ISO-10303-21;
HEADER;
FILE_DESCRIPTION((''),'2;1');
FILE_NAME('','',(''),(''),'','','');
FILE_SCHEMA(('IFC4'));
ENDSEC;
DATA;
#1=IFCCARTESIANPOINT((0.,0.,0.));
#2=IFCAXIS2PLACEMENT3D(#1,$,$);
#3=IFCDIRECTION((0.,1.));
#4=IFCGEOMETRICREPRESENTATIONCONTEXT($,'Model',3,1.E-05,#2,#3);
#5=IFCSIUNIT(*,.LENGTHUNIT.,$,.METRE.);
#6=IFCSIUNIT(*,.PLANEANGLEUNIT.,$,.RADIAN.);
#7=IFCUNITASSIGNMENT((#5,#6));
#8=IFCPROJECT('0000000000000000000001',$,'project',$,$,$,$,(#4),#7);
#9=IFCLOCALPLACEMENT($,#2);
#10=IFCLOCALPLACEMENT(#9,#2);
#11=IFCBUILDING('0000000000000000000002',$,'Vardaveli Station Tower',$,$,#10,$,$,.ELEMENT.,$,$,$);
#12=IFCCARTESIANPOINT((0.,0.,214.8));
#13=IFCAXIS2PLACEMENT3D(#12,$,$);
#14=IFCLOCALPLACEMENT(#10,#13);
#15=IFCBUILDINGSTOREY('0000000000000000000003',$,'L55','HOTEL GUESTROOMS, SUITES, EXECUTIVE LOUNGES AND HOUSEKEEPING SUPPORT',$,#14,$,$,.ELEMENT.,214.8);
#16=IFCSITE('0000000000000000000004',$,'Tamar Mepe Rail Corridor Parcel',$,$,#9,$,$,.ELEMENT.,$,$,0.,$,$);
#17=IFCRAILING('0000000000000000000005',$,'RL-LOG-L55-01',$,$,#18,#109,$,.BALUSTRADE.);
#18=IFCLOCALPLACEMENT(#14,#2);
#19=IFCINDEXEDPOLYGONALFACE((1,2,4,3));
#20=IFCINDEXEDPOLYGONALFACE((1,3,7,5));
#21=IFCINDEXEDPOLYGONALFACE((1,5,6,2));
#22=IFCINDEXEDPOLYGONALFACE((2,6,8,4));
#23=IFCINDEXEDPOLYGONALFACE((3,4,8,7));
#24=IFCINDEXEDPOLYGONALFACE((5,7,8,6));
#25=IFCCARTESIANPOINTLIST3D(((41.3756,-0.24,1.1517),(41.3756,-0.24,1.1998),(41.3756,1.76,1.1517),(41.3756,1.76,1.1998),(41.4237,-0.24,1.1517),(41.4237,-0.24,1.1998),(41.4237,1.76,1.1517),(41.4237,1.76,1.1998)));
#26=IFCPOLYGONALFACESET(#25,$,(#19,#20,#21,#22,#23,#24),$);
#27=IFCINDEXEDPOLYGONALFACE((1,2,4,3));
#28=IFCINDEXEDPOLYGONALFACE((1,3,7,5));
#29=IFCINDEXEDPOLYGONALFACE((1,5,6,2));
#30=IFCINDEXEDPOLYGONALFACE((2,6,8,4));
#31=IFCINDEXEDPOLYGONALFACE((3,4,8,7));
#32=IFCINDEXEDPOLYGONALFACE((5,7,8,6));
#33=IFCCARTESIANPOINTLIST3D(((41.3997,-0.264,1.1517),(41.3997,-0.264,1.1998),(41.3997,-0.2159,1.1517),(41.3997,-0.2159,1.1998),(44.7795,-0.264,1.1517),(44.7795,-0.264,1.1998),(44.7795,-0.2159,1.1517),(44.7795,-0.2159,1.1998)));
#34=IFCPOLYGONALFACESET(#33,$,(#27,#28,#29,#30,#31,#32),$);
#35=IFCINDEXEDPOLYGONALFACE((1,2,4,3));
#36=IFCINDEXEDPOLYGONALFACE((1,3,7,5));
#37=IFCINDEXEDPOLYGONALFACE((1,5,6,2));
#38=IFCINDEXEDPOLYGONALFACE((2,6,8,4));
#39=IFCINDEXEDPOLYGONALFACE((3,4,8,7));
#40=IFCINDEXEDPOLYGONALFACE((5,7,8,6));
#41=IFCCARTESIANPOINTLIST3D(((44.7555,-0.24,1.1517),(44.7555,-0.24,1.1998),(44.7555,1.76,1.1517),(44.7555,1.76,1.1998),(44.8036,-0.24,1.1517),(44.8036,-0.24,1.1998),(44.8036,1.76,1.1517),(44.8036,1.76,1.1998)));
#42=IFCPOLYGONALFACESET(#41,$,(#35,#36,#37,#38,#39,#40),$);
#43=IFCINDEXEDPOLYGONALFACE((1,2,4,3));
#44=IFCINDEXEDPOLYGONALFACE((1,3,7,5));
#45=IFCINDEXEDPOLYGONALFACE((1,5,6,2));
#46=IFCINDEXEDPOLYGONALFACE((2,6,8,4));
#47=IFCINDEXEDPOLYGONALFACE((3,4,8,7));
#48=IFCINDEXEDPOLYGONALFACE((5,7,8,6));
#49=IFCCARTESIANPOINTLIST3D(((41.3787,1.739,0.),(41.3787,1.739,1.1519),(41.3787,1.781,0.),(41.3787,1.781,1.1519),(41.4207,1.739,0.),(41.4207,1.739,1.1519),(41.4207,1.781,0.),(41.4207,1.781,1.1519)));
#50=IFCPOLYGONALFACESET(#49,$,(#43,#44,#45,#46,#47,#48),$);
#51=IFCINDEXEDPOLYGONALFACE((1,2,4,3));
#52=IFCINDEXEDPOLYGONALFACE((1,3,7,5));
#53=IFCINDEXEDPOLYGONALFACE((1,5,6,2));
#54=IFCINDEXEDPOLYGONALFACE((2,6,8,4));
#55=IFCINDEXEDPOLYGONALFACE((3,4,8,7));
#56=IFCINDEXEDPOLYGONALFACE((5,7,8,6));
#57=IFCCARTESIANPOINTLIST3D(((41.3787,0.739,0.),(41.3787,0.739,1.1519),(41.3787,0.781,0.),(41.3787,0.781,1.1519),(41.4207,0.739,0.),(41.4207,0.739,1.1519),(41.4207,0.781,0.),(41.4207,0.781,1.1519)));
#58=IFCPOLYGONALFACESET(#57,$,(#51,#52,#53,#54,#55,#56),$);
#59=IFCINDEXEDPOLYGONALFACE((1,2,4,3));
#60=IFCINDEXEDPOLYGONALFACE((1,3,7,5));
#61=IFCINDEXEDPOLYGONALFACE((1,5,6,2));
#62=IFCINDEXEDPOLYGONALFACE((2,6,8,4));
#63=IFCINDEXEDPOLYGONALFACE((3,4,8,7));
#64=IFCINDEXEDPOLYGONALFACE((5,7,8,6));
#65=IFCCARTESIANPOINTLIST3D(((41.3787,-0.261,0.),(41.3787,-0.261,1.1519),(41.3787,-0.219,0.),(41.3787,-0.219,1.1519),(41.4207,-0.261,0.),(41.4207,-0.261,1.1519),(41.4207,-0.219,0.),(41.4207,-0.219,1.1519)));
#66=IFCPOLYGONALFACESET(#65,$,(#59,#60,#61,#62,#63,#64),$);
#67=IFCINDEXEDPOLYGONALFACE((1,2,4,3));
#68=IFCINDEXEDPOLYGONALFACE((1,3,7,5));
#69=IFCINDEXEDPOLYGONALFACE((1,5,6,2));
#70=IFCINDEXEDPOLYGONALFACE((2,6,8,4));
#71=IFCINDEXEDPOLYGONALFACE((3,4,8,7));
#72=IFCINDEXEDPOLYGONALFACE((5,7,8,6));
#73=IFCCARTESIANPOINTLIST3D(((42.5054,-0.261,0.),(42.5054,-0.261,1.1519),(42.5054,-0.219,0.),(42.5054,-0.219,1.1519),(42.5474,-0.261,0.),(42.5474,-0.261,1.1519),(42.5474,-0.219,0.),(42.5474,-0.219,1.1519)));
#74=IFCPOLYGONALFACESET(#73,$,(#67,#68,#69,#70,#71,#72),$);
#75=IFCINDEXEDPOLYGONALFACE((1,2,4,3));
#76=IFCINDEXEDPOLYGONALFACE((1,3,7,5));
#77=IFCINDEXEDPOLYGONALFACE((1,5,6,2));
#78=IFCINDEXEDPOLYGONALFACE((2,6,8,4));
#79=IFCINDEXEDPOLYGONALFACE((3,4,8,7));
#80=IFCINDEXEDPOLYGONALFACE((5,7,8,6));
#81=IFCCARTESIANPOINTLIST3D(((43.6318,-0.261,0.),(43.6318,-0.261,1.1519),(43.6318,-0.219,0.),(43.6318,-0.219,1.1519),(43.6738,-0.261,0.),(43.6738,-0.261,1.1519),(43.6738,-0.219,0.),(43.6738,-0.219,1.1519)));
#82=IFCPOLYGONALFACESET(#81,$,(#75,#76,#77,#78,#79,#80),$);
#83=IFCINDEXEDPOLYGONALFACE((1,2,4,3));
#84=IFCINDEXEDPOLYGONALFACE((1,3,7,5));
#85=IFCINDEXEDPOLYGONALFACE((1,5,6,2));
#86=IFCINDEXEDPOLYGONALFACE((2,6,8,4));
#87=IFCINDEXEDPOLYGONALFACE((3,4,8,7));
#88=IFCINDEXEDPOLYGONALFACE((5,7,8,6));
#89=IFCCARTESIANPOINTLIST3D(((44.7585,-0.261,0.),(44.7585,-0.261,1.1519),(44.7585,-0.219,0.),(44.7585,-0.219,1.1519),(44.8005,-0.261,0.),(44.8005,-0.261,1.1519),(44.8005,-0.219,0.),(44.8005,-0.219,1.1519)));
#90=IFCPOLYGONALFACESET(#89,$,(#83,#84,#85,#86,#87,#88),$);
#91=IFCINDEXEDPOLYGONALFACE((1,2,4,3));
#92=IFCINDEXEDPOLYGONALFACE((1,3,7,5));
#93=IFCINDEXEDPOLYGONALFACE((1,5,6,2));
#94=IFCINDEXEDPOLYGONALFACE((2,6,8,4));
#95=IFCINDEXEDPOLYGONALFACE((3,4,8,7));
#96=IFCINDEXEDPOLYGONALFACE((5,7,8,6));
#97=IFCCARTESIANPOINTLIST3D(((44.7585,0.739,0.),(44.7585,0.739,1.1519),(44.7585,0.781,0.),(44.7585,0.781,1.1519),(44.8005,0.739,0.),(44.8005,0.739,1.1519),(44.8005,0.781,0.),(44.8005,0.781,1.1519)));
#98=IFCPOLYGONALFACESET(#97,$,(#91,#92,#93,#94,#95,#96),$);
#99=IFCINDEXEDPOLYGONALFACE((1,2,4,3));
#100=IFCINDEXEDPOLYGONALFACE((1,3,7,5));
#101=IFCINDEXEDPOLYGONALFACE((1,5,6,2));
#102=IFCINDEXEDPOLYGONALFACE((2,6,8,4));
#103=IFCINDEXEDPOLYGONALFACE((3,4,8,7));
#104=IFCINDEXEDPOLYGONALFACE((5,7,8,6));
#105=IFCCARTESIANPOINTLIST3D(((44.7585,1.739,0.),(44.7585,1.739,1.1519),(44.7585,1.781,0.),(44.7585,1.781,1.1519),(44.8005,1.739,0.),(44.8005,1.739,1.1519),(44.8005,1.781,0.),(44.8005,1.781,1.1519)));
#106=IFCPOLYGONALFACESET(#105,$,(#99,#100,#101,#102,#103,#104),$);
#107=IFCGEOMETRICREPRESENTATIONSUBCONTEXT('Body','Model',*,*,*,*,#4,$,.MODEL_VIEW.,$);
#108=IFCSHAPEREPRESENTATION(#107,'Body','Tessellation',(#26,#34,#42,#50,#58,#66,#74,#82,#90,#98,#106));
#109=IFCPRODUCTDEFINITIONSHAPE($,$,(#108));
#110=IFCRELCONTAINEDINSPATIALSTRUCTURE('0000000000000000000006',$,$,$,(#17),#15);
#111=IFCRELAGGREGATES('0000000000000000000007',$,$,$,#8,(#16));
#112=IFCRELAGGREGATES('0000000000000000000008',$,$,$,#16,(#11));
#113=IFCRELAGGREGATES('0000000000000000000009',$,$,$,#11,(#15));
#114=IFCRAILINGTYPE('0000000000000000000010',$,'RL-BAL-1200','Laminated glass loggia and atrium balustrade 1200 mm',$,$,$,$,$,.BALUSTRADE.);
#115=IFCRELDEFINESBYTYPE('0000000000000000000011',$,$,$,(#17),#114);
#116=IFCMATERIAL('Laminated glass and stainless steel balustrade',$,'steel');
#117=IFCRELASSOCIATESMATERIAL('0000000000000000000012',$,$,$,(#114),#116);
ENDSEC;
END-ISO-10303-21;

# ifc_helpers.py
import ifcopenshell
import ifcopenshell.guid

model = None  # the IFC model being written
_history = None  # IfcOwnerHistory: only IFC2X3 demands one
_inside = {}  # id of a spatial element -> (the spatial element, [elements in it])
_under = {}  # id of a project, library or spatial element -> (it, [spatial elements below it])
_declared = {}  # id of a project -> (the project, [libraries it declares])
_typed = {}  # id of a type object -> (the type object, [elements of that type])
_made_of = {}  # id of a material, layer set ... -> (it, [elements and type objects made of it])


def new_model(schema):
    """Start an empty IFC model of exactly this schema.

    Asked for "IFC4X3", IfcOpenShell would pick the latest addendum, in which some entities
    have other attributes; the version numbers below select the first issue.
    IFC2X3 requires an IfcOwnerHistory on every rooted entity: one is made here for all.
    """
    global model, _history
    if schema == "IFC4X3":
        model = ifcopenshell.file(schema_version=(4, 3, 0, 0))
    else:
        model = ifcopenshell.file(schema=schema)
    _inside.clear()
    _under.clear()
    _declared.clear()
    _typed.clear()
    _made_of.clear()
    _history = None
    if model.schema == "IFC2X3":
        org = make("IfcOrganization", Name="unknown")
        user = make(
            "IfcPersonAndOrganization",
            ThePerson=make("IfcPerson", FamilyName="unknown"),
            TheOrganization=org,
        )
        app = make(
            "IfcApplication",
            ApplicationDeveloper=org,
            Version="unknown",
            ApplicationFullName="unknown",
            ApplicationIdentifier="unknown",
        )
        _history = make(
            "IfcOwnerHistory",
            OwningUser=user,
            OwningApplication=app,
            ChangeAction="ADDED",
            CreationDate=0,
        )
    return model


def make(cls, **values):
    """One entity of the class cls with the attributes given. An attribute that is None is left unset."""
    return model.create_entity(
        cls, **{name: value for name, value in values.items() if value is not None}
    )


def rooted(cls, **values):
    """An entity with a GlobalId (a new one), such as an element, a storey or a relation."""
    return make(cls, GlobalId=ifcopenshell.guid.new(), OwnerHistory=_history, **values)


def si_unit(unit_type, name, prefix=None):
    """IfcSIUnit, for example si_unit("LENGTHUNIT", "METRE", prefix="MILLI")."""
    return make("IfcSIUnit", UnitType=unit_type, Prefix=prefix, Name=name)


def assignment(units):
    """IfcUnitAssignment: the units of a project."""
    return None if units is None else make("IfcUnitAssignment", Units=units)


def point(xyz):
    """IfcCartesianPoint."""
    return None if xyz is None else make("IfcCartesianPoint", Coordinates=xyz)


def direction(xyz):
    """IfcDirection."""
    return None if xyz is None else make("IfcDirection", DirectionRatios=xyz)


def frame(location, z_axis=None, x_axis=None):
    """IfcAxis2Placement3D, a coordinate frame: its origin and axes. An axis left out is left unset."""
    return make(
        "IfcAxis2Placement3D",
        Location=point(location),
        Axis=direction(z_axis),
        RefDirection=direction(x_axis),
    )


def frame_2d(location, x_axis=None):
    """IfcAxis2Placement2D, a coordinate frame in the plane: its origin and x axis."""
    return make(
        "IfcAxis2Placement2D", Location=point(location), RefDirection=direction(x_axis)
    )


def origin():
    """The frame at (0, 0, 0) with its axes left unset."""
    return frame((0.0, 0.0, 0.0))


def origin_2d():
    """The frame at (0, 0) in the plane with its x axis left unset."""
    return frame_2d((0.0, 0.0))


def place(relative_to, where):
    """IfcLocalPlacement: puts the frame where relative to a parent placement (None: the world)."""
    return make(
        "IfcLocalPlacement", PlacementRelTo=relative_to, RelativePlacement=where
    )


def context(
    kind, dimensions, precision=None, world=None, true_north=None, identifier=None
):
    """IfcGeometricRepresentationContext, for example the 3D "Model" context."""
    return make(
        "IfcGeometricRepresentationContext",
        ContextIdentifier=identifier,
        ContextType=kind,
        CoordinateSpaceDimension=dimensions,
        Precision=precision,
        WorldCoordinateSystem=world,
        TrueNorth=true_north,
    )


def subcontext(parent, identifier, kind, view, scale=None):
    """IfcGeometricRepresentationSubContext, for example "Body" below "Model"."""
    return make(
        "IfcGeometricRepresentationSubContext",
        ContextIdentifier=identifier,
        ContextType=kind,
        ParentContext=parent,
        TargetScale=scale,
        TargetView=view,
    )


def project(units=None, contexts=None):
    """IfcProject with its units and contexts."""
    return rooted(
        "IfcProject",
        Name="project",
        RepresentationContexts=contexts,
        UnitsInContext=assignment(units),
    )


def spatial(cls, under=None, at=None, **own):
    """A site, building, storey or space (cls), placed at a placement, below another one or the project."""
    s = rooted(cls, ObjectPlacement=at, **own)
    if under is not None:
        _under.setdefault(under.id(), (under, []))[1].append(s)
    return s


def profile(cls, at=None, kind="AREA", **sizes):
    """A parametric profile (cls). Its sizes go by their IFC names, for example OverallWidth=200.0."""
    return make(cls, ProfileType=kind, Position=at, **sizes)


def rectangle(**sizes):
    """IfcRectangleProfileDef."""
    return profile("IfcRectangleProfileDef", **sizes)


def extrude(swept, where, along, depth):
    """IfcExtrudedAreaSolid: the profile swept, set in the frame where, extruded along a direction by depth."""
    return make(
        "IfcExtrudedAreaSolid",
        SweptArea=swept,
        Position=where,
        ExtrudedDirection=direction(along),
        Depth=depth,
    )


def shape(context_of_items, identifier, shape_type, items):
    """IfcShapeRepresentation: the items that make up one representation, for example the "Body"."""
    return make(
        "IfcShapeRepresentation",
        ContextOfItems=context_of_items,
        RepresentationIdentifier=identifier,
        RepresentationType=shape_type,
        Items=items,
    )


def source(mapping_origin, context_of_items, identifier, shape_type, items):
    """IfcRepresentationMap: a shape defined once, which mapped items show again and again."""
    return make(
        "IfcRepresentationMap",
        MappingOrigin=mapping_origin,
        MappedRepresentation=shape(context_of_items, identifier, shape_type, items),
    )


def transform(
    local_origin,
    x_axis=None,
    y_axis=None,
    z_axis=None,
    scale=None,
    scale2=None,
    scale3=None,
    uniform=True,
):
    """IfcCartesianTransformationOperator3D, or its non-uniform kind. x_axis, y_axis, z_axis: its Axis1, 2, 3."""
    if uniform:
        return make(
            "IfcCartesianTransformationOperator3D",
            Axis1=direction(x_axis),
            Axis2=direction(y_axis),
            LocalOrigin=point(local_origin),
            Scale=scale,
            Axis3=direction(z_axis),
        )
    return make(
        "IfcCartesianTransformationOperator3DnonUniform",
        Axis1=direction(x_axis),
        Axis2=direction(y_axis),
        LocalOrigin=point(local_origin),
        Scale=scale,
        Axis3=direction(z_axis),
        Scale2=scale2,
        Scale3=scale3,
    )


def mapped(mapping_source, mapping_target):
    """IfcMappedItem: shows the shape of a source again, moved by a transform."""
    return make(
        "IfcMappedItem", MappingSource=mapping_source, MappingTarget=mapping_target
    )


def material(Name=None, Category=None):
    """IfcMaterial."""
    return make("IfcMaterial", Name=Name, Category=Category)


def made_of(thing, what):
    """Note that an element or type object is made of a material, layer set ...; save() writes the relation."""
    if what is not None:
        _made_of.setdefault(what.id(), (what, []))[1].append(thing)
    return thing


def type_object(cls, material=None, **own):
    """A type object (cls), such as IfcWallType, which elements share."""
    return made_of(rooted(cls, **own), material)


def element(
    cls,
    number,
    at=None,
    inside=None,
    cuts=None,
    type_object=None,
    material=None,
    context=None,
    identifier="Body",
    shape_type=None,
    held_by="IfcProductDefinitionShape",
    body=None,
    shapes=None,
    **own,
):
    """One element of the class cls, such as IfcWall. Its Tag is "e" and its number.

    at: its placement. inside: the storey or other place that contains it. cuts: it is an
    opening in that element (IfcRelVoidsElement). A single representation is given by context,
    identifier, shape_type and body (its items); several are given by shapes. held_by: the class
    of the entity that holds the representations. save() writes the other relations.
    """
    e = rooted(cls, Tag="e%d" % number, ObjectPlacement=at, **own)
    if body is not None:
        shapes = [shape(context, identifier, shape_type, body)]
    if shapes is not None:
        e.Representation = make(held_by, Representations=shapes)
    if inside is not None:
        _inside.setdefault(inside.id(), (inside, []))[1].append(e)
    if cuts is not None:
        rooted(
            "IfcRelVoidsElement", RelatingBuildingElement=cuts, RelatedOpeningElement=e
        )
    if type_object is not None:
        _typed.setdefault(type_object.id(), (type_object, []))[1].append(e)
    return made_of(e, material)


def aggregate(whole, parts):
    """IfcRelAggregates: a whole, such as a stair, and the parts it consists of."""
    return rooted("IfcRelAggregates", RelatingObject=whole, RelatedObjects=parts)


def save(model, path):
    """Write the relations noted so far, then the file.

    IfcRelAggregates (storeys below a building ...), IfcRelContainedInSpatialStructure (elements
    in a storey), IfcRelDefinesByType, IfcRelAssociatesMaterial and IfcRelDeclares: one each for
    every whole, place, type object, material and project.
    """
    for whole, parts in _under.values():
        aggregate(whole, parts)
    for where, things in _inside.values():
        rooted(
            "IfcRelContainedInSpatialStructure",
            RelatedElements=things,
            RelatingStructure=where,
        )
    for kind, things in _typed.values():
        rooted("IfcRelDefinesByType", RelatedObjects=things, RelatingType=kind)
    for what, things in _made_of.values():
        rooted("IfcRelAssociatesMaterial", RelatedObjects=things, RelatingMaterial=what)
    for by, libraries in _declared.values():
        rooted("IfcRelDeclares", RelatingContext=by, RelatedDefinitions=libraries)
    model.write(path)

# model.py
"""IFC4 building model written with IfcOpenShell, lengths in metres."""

from ifc_helpers import new_model, si_unit, direction, frame, origin, origin_2d, place, context, subcontext, project, spatial, rectangle, extrude, source, transform, mapped, material, type_object, element, save


model = new_model("IFC4")

# Units and contexts
model_context = context("Model", 3, precision=1e-05, world=origin(), true_north=direction((0.0, 1.0)))
body_context = subcontext(model_context, "Body", "Model", "MODEL_VIEW")
ifc_project = project(units=[si_unit("LENGTHUNIT", "METRE"), si_unit("PLANEANGLEUNIT", "RADIAN")], contexts=[model_context])

# Site, building, storey
site_placement = place(None, origin())
site = spatial("IfcSite", under=ifc_project, at=site_placement, Name="Tamar Mepe Rail Corridor Parcel", CompositionType="ELEMENT", RefElevation=0.0)
building_placement = place(site_placement, origin())
building = spatial("IfcBuilding", under=site, at=building_placement, Name="Vardaveli Station Tower", CompositionType="ELEMENT")
storey_placement = place(building_placement, frame((0.0, 0.0, 214.8)))
storey = spatial("IfcBuildingStorey", under=building, at=storey_placement, Name="L55", Description="HOTEL GUESTROOMS, SUITES, EXECUTIVE LOUNGES AND HOUSEKEEPING SUPPORT", CompositionType="ELEMENT", Elevation=214.8)

# Railing
ifc_material_1 = material(Name="Laminated glass and stainless steel balustrade", Category="steel")
railing_type = type_object("IfcRailingType", Name="RL-BAL-1200", Description="Laminated glass loggia and atrium balustrade 1200 mm", PredefinedType="BALUSTRADE", material=ifc_material_1)
shared_shape_1 = source(origin(), body_context, "Body", "SweptSolid", [
    extrude(rectangle(XDim=0.0481, YDim=0.0481, at=origin_2d()), frame((0.0, 0.0, 1.1758), z_axis=(0.0, -1.0, 0.0), x_axis=(1.0, 0.0, 0.0)), (0.0, 0.0, 1.0), 2.0),
    extrude(rectangle(XDim=0.0481, YDim=0.0481, at=origin_2d()), frame((0.0, -2.0, 1.1758), z_axis=(1.0, 0.0, 0.0), x_axis=(0.0, 1.0, 0.0)), (0.0, 0.0, 1.0), 3.3799),
    extrude(rectangle(XDim=0.0481, YDim=0.0481, at=origin_2d()), frame((3.3799, -2.0, 1.1758), z_axis=(0.0, 1.0, 0.0), x_axis=(-1.0, 0.0, 0.0)), (0.0, 0.0, 1.0), 2.0),
    extrude(rectangle(XDim=0.042, YDim=0.042, at=origin_2d()), origin(), (0.0, 0.0, 1.0), 1.1519),
    extrude(rectangle(XDim=0.042, YDim=0.042, at=origin_2d()), frame((0.0, -1.0, 0.0)), (0.0, 0.0, 1.0), 1.1519),
    extrude(rectangle(XDim=0.042, YDim=0.042, at=origin_2d()), frame((0.0, -2.0, 0.0)), (0.0, 0.0, 1.0), 1.1519),
    extrude(rectangle(XDim=0.042, YDim=0.042, at=origin_2d()), frame((1.1267, -2.0, 0.0)), (0.0, 0.0, 1.0), 1.1519),
    extrude(rectangle(XDim=0.042, YDim=0.042, at=origin_2d()), frame((2.2532, -2.0, 0.0)), (0.0, 0.0, 1.0), 1.1519),
    extrude(rectangle(XDim=0.042, YDim=0.042, at=origin_2d()), frame((3.3799, -2.0, 0.0)), (0.0, 0.0, 1.0), 1.1519),
    extrude(rectangle(XDim=0.042, YDim=0.042, at=origin_2d()), frame((3.3799, -1.0, 0.0)), (0.0, 0.0, 1.0), 1.1519),
    extrude(rectangle(XDim=0.042, YDim=0.042, at=origin_2d()), frame((3.3799, 0.0, 0.0)), (0.0, 0.0, 1.0), 1.1519),
])
railing_placement = place(storey_placement, frame((41.3997, 1.76, 0.0)))
element("IfcRailing", 1, at=railing_placement, inside=storey, type_object=railing_type, Name="RL-LOG-L55-01", PredefinedType="BALUSTRADE", context=body_context, shape_type="MappedRepresentation", body=[
    mapped(shared_shape_1, transform((0.0, 0.0, 0.0), scale=1.0)),
])

save(model, "model.ifc")
